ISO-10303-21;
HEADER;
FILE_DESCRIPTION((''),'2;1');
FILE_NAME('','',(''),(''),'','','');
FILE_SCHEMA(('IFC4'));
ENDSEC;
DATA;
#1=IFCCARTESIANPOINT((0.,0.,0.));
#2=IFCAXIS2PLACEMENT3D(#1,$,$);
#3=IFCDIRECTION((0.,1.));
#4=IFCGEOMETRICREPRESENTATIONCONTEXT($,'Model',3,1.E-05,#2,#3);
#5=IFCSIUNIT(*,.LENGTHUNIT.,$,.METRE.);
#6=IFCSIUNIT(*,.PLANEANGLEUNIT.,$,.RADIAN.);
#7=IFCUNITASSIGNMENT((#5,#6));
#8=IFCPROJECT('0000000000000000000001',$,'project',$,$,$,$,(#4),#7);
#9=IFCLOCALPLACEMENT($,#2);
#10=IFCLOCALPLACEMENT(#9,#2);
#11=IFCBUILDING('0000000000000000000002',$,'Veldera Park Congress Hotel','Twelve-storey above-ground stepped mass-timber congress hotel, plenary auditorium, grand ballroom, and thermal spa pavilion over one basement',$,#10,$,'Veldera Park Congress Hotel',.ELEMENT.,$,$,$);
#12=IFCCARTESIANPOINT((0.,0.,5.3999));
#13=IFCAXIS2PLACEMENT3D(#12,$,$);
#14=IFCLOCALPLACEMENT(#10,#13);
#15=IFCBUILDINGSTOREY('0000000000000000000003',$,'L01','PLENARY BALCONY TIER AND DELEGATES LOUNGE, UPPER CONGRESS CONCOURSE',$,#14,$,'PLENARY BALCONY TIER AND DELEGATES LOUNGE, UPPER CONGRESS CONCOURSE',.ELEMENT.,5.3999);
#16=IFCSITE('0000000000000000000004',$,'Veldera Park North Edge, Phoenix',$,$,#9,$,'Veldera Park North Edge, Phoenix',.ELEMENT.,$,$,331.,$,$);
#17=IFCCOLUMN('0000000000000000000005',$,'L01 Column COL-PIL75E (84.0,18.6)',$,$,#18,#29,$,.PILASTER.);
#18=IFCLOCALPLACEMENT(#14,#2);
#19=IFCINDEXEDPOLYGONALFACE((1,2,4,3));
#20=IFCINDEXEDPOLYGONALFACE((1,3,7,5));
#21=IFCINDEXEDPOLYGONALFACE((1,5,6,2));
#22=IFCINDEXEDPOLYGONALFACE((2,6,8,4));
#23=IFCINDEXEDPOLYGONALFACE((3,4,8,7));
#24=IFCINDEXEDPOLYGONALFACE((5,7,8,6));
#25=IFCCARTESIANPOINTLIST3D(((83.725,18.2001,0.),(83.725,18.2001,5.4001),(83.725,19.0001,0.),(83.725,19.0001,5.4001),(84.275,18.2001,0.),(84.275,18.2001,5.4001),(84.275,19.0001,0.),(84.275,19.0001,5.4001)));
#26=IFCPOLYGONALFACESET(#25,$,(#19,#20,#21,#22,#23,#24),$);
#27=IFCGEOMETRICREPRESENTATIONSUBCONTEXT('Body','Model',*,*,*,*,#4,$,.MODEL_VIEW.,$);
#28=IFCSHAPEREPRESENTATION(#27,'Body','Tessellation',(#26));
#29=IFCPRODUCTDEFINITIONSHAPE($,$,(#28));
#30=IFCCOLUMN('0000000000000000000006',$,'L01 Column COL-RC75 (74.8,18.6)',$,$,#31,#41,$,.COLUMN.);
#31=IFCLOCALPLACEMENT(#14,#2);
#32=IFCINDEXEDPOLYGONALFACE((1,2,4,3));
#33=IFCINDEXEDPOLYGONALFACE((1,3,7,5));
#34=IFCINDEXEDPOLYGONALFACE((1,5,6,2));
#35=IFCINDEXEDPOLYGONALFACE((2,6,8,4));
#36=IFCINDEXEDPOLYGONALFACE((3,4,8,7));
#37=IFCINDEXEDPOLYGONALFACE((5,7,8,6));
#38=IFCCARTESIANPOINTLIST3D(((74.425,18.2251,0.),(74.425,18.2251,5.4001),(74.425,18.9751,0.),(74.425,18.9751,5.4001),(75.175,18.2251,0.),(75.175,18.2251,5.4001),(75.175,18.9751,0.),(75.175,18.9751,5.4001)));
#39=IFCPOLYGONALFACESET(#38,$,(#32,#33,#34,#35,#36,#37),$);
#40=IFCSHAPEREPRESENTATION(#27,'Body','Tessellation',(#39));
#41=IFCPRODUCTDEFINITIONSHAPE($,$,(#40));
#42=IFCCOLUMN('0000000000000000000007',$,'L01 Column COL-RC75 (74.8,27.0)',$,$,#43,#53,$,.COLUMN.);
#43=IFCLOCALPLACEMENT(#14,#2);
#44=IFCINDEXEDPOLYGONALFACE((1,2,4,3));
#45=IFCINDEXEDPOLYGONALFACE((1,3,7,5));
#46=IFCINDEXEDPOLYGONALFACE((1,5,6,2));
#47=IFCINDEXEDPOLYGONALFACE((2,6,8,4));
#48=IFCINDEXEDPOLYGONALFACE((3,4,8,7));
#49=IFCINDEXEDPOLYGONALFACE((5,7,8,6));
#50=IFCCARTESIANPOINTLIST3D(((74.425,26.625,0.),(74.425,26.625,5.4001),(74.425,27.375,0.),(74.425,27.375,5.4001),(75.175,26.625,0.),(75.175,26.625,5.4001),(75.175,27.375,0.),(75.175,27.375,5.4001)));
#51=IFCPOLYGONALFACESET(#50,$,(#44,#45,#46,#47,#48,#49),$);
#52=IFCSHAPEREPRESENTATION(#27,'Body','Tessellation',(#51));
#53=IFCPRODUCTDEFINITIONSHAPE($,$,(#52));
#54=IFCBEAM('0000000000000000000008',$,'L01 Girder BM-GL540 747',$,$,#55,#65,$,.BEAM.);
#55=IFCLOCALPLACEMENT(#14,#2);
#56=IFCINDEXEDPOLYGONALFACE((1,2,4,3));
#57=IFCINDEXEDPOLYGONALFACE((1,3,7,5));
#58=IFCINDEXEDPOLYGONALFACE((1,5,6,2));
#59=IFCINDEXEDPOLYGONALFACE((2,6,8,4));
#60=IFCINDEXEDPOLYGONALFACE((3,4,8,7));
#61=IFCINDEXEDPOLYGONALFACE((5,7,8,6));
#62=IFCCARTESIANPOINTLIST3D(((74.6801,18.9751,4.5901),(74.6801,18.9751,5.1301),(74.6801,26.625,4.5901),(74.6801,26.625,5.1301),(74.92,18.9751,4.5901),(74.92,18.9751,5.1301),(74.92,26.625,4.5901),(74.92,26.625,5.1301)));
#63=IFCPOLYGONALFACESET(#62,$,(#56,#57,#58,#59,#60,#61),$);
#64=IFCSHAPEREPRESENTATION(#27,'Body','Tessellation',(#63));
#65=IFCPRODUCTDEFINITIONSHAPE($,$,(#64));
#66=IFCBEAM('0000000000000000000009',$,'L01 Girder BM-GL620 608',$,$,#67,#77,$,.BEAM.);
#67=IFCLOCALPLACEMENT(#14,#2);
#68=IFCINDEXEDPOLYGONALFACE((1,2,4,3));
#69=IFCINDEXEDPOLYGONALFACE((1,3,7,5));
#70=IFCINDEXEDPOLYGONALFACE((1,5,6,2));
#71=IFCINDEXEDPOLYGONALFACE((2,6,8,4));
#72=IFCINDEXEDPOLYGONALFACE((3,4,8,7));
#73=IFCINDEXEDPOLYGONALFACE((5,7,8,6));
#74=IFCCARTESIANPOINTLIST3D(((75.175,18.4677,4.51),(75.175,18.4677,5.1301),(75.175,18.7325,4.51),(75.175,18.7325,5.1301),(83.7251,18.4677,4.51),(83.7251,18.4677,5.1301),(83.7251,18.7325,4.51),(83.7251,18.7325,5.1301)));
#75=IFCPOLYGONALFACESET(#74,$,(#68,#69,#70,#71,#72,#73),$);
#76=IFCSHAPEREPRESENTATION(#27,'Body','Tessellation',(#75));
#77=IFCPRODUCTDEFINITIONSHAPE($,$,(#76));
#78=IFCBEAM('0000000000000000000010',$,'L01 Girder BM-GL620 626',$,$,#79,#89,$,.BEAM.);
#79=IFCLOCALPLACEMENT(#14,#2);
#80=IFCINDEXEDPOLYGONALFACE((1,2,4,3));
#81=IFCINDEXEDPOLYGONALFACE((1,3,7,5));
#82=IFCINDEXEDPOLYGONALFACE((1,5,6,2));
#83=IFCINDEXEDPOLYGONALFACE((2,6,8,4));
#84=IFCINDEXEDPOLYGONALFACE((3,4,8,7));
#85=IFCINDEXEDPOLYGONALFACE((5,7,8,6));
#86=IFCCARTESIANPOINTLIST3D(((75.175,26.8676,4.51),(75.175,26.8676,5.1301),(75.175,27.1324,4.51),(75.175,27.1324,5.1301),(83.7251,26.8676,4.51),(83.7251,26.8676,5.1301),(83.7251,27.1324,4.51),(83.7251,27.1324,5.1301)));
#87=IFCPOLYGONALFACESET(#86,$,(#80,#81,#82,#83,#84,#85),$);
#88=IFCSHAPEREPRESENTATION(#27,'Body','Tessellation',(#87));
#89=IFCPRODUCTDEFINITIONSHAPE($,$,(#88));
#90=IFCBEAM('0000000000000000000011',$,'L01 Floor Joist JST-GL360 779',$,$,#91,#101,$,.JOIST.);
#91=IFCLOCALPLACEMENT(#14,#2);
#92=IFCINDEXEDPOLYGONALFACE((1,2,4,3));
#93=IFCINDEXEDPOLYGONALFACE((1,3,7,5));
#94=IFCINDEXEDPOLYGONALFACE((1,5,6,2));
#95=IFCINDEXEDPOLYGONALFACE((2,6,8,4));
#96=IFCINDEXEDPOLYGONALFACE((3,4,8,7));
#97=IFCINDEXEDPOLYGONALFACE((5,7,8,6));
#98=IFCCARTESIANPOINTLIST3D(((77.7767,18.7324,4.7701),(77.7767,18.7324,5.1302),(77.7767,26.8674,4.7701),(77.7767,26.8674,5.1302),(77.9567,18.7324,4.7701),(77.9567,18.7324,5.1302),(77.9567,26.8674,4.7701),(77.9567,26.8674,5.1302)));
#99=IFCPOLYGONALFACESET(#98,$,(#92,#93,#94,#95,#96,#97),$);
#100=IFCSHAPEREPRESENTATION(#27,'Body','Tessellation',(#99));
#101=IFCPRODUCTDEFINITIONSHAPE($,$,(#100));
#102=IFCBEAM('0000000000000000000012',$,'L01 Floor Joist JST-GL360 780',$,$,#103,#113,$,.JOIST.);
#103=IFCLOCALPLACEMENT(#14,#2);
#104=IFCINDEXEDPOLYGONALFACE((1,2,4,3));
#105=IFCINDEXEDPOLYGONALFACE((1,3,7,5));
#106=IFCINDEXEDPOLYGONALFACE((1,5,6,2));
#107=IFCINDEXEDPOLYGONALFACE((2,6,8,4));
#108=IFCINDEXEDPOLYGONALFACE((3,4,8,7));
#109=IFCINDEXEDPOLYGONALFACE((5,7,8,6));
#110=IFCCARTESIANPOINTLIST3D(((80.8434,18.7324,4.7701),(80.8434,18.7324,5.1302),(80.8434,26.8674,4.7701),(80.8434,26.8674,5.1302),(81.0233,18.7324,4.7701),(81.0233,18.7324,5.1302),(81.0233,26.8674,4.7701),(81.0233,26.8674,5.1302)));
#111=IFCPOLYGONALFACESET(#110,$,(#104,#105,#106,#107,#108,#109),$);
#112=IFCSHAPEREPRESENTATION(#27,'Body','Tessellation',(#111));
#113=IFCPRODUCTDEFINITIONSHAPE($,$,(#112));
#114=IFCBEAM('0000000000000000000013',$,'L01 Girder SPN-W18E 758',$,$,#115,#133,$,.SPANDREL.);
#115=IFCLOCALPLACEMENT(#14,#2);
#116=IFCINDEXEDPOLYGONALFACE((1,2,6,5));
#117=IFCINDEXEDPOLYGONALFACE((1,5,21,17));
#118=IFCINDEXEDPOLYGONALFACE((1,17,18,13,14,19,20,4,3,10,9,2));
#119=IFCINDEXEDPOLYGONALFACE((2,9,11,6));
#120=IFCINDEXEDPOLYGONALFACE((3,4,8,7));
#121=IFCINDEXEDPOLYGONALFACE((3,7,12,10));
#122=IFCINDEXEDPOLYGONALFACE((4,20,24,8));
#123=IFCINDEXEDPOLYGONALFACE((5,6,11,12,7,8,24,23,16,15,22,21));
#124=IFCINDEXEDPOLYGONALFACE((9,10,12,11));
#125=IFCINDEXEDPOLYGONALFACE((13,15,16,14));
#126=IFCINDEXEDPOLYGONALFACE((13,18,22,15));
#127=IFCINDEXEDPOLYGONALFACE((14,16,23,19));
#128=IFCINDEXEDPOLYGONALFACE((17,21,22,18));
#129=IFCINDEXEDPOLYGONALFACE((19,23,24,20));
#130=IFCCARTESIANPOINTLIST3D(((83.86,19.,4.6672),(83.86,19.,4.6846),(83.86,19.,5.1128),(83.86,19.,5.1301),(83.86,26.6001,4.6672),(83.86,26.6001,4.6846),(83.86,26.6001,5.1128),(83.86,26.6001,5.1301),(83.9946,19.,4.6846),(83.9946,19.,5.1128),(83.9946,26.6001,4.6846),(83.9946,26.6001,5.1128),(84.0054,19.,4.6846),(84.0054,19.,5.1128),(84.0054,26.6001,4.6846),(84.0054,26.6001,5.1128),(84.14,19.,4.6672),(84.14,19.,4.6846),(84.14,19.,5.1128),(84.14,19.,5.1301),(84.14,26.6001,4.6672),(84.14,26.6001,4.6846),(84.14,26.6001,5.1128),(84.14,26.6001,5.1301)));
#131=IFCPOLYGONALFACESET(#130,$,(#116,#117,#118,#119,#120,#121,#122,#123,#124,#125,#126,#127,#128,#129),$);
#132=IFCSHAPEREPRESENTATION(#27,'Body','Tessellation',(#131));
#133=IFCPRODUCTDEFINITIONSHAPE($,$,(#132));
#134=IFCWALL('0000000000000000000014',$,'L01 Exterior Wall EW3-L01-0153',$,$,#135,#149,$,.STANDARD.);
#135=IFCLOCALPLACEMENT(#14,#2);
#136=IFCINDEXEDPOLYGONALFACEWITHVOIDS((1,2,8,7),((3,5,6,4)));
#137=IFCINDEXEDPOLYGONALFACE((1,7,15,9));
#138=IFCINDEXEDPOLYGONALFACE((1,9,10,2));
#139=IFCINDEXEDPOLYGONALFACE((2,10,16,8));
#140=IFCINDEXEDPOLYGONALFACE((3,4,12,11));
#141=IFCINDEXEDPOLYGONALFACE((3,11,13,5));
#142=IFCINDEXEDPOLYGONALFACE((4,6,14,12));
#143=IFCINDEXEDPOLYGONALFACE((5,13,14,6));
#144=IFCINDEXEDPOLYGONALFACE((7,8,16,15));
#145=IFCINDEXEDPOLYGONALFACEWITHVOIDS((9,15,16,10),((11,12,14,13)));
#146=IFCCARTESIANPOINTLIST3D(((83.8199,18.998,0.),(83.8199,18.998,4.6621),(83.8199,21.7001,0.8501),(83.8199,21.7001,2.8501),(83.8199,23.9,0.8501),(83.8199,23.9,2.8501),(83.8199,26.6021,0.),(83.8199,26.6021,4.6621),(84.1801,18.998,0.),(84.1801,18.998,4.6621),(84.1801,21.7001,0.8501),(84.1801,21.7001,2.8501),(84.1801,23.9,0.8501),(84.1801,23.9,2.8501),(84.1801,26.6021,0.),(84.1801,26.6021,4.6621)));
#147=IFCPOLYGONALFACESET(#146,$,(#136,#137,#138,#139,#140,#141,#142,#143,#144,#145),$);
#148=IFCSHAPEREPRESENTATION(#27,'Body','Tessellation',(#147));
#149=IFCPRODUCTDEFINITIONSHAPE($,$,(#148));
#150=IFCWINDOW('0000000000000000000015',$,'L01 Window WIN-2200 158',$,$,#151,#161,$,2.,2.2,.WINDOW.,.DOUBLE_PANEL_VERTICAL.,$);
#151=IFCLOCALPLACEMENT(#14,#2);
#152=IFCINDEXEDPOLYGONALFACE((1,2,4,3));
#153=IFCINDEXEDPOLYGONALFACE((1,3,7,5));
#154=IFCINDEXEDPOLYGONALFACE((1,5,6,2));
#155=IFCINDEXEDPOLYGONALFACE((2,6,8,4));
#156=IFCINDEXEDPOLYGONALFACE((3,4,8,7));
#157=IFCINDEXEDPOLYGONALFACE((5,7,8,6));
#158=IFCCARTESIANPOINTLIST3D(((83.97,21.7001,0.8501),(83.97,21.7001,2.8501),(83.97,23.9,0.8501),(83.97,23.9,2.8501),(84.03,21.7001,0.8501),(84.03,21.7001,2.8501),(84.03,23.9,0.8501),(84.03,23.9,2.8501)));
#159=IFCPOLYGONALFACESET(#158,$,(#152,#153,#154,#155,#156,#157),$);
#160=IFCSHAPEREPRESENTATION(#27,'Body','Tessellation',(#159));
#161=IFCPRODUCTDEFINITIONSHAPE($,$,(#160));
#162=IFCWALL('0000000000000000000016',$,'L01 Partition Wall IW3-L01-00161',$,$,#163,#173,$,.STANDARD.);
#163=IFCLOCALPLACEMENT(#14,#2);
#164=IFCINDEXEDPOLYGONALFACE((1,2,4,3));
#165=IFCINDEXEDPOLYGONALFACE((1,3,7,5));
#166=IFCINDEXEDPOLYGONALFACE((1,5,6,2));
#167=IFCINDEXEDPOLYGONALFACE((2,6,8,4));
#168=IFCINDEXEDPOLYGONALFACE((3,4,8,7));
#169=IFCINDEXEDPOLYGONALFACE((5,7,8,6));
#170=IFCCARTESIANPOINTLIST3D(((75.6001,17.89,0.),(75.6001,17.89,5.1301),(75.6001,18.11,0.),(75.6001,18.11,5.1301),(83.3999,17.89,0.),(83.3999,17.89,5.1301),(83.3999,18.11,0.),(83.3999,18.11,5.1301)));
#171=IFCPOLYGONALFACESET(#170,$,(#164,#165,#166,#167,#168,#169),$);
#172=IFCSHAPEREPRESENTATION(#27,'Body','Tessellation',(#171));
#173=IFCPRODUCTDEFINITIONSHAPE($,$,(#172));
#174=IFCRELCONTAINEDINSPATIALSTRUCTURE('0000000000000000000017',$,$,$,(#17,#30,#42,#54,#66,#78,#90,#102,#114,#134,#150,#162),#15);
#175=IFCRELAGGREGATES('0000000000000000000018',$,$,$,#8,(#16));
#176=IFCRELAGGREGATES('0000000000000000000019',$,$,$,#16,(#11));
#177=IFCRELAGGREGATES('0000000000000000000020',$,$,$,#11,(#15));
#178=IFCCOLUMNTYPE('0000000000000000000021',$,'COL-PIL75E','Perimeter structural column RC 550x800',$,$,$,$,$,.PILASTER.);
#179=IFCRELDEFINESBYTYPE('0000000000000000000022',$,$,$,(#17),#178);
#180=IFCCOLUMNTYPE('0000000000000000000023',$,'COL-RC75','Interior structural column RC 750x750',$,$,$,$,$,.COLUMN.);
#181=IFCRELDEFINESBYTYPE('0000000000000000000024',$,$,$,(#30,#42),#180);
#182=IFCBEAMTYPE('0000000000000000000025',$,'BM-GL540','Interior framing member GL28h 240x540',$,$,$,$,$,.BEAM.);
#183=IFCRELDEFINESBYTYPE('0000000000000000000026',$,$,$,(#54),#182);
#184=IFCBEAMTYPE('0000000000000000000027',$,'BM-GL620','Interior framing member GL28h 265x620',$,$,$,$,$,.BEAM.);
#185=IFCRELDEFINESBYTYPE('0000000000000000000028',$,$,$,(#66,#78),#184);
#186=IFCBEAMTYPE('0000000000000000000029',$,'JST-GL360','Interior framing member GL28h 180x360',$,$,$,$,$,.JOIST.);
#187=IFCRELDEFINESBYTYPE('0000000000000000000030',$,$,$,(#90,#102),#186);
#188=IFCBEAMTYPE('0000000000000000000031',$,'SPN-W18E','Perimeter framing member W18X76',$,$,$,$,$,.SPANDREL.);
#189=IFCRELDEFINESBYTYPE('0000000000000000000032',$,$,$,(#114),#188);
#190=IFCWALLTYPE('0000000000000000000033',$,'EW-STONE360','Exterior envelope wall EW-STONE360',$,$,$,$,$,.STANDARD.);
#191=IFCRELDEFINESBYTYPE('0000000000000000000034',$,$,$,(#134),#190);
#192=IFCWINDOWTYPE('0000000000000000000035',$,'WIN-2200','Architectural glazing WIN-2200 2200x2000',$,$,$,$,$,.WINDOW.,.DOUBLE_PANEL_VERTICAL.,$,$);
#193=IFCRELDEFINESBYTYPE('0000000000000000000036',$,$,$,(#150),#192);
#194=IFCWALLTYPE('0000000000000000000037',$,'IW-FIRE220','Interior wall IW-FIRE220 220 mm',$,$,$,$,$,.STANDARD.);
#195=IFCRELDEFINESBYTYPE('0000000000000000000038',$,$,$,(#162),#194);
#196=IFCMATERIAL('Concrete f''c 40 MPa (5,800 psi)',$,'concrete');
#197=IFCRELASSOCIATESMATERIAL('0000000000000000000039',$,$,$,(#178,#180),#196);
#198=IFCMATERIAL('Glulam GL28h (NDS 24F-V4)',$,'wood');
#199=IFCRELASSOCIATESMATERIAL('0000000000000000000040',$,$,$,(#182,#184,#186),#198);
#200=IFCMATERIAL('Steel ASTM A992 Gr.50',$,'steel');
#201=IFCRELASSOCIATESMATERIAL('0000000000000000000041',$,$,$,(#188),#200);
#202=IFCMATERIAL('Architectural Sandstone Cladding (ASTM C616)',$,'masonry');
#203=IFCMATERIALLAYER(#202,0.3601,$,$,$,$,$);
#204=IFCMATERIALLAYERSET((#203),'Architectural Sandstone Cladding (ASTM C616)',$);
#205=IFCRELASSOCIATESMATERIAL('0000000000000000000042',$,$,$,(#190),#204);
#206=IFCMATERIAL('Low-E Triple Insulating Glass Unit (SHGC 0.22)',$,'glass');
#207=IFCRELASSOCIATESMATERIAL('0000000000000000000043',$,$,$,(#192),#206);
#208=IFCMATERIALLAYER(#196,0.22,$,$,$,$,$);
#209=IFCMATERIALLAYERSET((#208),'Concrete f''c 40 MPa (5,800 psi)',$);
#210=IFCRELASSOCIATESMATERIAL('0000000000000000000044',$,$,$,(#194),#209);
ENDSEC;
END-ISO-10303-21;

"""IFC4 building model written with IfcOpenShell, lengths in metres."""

from ifc_helpers import new_model, si_unit, direction, frame, frame_2d, origin, origin_2d, place, context, subcontext, project, spatial, rectangle, i_section, extrude, material, layer, layer_set, material_profile, profile_set, type_object, element, fill, save


model = new_model("IFC4")

# Units and contexts
model_context = context("Model", 3, precision=1e-05, world=origin(), true_north=direction((0.0, 1.0)))
body_context = subcontext(model_context, "Body", "Model", "MODEL_VIEW")
ifc_project = project(units=[si_unit("LENGTHUNIT", "METRE"), si_unit("PLANEANGLEUNIT", "RADIAN")], contexts=[model_context])

# Site, building, storey
site_placement = place(None, origin())
site = spatial("IfcSite", under=ifc_project, at=site_placement, Name="Veldera Park North Edge, Phoenix", LongName="Veldera Park North Edge, Phoenix", CompositionType="ELEMENT", RefElevation=331.0)
building_placement = place(site_placement, origin())
building = spatial("IfcBuilding", under=site, at=building_placement, Name="Veldera Park Congress Hotel", Description="Twelve-storey above-ground stepped mass-timber congress hotel, plenary auditorium, grand ballroom, and thermal spa pavilion over one basement", LongName="Veldera Park Congress Hotel", CompositionType="ELEMENT")
storey_placement = place(building_placement, frame((0.0, 0.0, 5.3999)))
storey = spatial("IfcBuildingStorey", under=building, at=storey_placement, Name="L01", Description="PLENARY BALCONY TIER AND DELEGATES LOUNGE, UPPER CONGRESS CONCOURSE", LongName="PLENARY BALCONY TIER AND DELEGATES LOUNGE, UPPER CONGRESS CONCOURSE", CompositionType="ELEMENT", Elevation=5.3999)

# Columns
ifc_material_1 = material(Name="Concrete f'c 40 MPa (5,800 psi)", Category="concrete")
ifc_material_profile_1 = material_profile(ifc_material_1, rectangle(XDim=0.55, YDim=0.8, at=origin_2d()), Name="RC 550x800")
ifc_profile_set_1 = profile_set([ifc_material_profile_1], Name="Concrete f'c 40 MPa (5,800 psi)")
column_type_1 = type_object("IfcColumnType", Name="COL-PIL75E", Description="Perimeter structural column RC 550x800", PredefinedType="PILASTER", material=ifc_profile_set_1)
column_placement = place(storey_placement, frame((84.0, 18.6001, 0.0), z_axis=(0.0, 0.0, 1.0), x_axis=(1.0, 0.0, 0.0)))
element("IfcColumn", 1, at=column_placement, inside=storey, type_object=column_type_1, Name="L01 Column COL-PIL75E (84.0,18.6)", PredefinedType="PILASTER", context=body_context, shape_type="SweptSolid", body=[
    extrude(rectangle(XDim=0.55, YDim=0.8, at=origin_2d()), origin(), (0.0, 0.0, 1.0), 5.4001),
])
ifc_material_profile_2 = material_profile(ifc_material_1, rectangle(XDim=0.75, YDim=0.75, at=origin_2d()), Name="RC 750x750")
ifc_profile_set_2 = profile_set([ifc_material_profile_2], Name="Concrete f'c 40 MPa (5,800 psi)")
column_type_2 = type_object("IfcColumnType", Name="COL-RC75", Description="Interior structural column RC 750x750", PredefinedType="COLUMN", material=ifc_profile_set_2)
for number, where, z_axis, x_axis, name in (
    (2, (74.8, 18.6001, 0.0), (0.0, 0.0, 1.0), (1.0, 0.0, 0.0), "L01 Column COL-RC75 (74.8,18.6)"),
    (3, (74.8, 27.0, 0.0), (0.0, 0.0, 1.0), (1.0, 0.0, 0.0), "L01 Column COL-RC75 (74.8,27.0)"),
):
    element("IfcColumn", number, at=place(storey_placement, frame(where, z_axis=z_axis, x_axis=x_axis)), inside=storey, type_object=column_type_2, Name=name, PredefinedType="COLUMN", context=body_context, shape_type="SweptSolid", body=[
        extrude(rectangle(XDim=0.75, YDim=0.75, at=origin_2d()), origin(), (0.0, 0.0, 1.0), 5.4001),
    ])

# Beams
ifc_material_2 = material(Name="Glulam GL28h (NDS 24F-V4)", Category="wood")
ifc_material_profile_3 = material_profile(ifc_material_2, rectangle(XDim=0.24, YDim=0.54, at=origin_2d()), Name="GL28h 240x540")
ifc_profile_set_3 = profile_set([ifc_material_profile_3], Name="Glulam GL28h (NDS 24F-V4)")
beam_type_1 = type_object("IfcBeamType", Name="BM-GL540", Description="Interior framing member GL28h 240x540", PredefinedType="BEAM", material=ifc_profile_set_3)
beam_1_placement = place(storey_placement, frame((74.8, 18.9751, 4.8601), z_axis=(0.0, 1.0, 0.0), x_axis=(-1.0, 0.0, 0.0)))
element("IfcBeam", 4, at=beam_1_placement, inside=storey, type_object=beam_type_1, Name="L01 Girder BM-GL540 747", PredefinedType="BEAM", context=body_context, shape_type="SweptSolid", body=[
    extrude(rectangle(XDim=0.24, YDim=0.54, at=origin_2d()), origin(), (0.0, 0.0, 1.0), 7.6499),
])
ifc_material_profile_4 = material_profile(ifc_material_2, rectangle(XDim=0.2649, YDim=0.6201, at=origin_2d()), Name="GL28h 265x620")
ifc_profile_set_4 = profile_set([ifc_material_profile_4], Name="Glulam GL28h (NDS 24F-V4)")
beam_type_2 = type_object("IfcBeamType", Name="BM-GL620", Description="Interior framing member GL28h 265x620", PredefinedType="BEAM", material=ifc_profile_set_4)
for number, where, z_axis, x_axis, name in (
    (5, (75.175, 18.6001, 4.8201), (1.0, 0.0, 0.0), (0.0, 1.0, 0.0), "L01 Girder BM-GL620 608"),
    (6, (75.175, 27.0, 4.8201), (1.0, 0.0, 0.0), (0.0, 1.0, 0.0), "L01 Girder BM-GL620 626"),
):
    element("IfcBeam", number, at=place(storey_placement, frame(where, z_axis=z_axis, x_axis=x_axis)), inside=storey, type_object=beam_type_2, Name=name, PredefinedType="BEAM", context=body_context, shape_type="SweptSolid", body=[
        extrude(rectangle(XDim=0.2649, YDim=0.6201, at=origin_2d()), origin(), (0.0, 0.0, 1.0), 8.55),
    ])
ifc_material_profile_5 = material_profile(ifc_material_2, rectangle(XDim=0.1799, YDim=0.3601, at=origin_2d()), Name="GL28h 180x360")
ifc_profile_set_5 = profile_set([ifc_material_profile_5], Name="Glulam GL28h (NDS 24F-V4)")
beam_type_3 = type_object("IfcBeamType", Name="JST-GL360", Description="Interior framing member GL28h 180x360", PredefinedType="JOIST", material=ifc_profile_set_5)
for number, where, z_axis, x_axis, name in (
    (7, (77.8667, 18.7324, 4.9502), (0.0, 1.0, 0.0), (-1.0, 0.0, 0.0), "L01 Floor Joist JST-GL360 779"),
    (8, (80.9333, 18.7324, 4.9502), (0.0, 1.0, 0.0), (-1.0, 0.0, 0.0), "L01 Floor Joist JST-GL360 780"),
):
    element("IfcBeam", number, at=place(storey_placement, frame(where, z_axis=z_axis, x_axis=x_axis)), inside=storey, type_object=beam_type_3, Name=name, PredefinedType="JOIST", context=body_context, shape_type="SweptSolid", body=[
        extrude(rectangle(XDim=0.1799, YDim=0.3601, at=origin_2d()), origin(), (0.0, 0.0, 1.0), 8.135),
    ])
ifc_material_3 = material(Name="Steel ASTM A992 Gr.50", Category="steel")
ifc_material_profile_6 = material_profile(ifc_material_3, i_section(OverallWidth=0.28, OverallDepth=0.4629, WebThickness=0.0107, FlangeThickness=0.0173, at=origin_2d()), Name="W18X76")
ifc_profile_set_6 = profile_set([ifc_material_profile_6], Name="Steel ASTM A992 Gr.50")
beam_type_4 = type_object("IfcBeamType", Name="SPN-W18E", Description="Perimeter framing member W18X76", PredefinedType="SPANDREL", material=ifc_profile_set_6)
beam_2_placement = place(storey_placement, frame((84.0, 19.0, 4.8987), z_axis=(0.0, 1.0, 0.0), x_axis=(-1.0, 0.0, 0.0)))
element("IfcBeam", 9, at=beam_2_placement, inside=storey, type_object=beam_type_4, Name="L01 Girder SPN-W18E 758", PredefinedType="SPANDREL", context=body_context, shape_type="SweptSolid", body=[
    extrude(i_section(OverallWidth=0.28, OverallDepth=0.4629, WebThickness=0.0107, FlangeThickness=0.0173, at=origin_2d()), origin(), (0.0, 0.0, 1.0), 7.6001),
])

# Wall, opening, window
ifc_material_4 = material(Name="Architectural Sandstone Cladding (ASTM C616)", Category="masonry")
ifc_layer_1 = layer(ifc_material_4, 0.3601)
ifc_layer_set_1 = layer_set([ifc_layer_1], Name="Architectural Sandstone Cladding (ASTM C616)")
wall_type_1 = type_object("IfcWallType", Name="EW-STONE360", Description="Exterior envelope wall EW-STONE360", PredefinedType="STANDARD", material=ifc_layer_set_1)
wall_1_placement = place(storey_placement, frame((84.0, 18.998, 0.0), z_axis=(0.0, 0.0, 1.0), x_axis=(0.0, 1.0, 0.0)))
wall_1 = element("IfcWall", 10, at=wall_1_placement, inside=storey, type_object=wall_type_1, Name="L01 Exterior Wall EW3-L01-0153", PredefinedType="STANDARD", context=body_context, shape_type="SweptSolid", body=[
    extrude(rectangle(XDim=7.604, YDim=0.3601, at=frame_2d((3.802, 0.0))), origin(), (0.0, 0.0, 1.0), 4.6621),
])
opening_1_placement = place(wall_1_placement, frame((2.7019, 0.0, 0.8501)))
opening_1 = element("IfcOpeningElement", 11, at=opening_1_placement, cuts=wall_1, PredefinedType="OPENING", context=body_context, shape_type="SweptSolid", body=[
    extrude(rectangle(XDim=2.2, YDim=2.0, at=frame_2d((1.1001, 1.0))), frame((0.0, 0.1921, 0.0), z_axis=(0.0, -1.0, 0.0), x_axis=(1.0, 0.0, 0.0)), (0.0, 0.0, 1.0), 0.384),
])
ifc_material_5 = material(Name="Low-E Triple Insulating Glass Unit (SHGC 0.22)", Category="glass")
window_type = type_object("IfcWindowType", Name="WIN-2200", Description="Architectural glazing WIN-2200 2200x2000", PartitioningType="DOUBLE_PANEL_VERTICAL", PredefinedType="WINDOW", material=ifc_material_5)
window_placement = place(opening_1_placement, origin())
window = element("IfcWindow", 12, at=window_placement, inside=storey, type_object=window_type, Name="L01 Window WIN-2200 158", OverallHeight=2.0, OverallWidth=2.2, PartitioningType="DOUBLE_PANEL_VERTICAL", PredefinedType="WINDOW", context=body_context, shape_type="SweptSolid", body=[
    extrude(rectangle(XDim=2.2, YDim=2.0, at=frame_2d((1.1001, 1.0))), frame((0.0, 0.03, 0.0), z_axis=(0.0, -1.0, 0.0), x_axis=(1.0, 0.0, 0.0)), (0.0, 0.0, 1.0), 0.0601),
])
fill(opening_1, window)

# Wall
ifc_layer_2 = layer(ifc_material_1, 0.22)
ifc_layer_set_2 = layer_set([ifc_layer_2], Name="Concrete f'c 40 MPa (5,800 psi)")
wall_type_2 = type_object("IfcWallType", Name="IW-FIRE220", Description="Interior wall IW-FIRE220 220 mm", PredefinedType="STANDARD", material=ifc_layer_set_2)
wall_2_placement = place(storey_placement, frame((83.3999, 18.0, 0.0), z_axis=(0.0, 0.0, 1.0), x_axis=(-1.0, 0.0, 0.0)))
element("IfcWall", 13, at=wall_2_placement, inside=storey, type_object=wall_type_2, Name="L01 Partition Wall IW3-L01-00161", PredefinedType="STANDARD", context=body_context, shape_type="SweptSolid", body=[
    extrude(rectangle(XDim=7.7998, YDim=0.22, at=frame_2d((3.8999, 0.0))), origin(), (0.0, 0.0, 1.0), 5.1301),
])

save(model, "model.ifc")
